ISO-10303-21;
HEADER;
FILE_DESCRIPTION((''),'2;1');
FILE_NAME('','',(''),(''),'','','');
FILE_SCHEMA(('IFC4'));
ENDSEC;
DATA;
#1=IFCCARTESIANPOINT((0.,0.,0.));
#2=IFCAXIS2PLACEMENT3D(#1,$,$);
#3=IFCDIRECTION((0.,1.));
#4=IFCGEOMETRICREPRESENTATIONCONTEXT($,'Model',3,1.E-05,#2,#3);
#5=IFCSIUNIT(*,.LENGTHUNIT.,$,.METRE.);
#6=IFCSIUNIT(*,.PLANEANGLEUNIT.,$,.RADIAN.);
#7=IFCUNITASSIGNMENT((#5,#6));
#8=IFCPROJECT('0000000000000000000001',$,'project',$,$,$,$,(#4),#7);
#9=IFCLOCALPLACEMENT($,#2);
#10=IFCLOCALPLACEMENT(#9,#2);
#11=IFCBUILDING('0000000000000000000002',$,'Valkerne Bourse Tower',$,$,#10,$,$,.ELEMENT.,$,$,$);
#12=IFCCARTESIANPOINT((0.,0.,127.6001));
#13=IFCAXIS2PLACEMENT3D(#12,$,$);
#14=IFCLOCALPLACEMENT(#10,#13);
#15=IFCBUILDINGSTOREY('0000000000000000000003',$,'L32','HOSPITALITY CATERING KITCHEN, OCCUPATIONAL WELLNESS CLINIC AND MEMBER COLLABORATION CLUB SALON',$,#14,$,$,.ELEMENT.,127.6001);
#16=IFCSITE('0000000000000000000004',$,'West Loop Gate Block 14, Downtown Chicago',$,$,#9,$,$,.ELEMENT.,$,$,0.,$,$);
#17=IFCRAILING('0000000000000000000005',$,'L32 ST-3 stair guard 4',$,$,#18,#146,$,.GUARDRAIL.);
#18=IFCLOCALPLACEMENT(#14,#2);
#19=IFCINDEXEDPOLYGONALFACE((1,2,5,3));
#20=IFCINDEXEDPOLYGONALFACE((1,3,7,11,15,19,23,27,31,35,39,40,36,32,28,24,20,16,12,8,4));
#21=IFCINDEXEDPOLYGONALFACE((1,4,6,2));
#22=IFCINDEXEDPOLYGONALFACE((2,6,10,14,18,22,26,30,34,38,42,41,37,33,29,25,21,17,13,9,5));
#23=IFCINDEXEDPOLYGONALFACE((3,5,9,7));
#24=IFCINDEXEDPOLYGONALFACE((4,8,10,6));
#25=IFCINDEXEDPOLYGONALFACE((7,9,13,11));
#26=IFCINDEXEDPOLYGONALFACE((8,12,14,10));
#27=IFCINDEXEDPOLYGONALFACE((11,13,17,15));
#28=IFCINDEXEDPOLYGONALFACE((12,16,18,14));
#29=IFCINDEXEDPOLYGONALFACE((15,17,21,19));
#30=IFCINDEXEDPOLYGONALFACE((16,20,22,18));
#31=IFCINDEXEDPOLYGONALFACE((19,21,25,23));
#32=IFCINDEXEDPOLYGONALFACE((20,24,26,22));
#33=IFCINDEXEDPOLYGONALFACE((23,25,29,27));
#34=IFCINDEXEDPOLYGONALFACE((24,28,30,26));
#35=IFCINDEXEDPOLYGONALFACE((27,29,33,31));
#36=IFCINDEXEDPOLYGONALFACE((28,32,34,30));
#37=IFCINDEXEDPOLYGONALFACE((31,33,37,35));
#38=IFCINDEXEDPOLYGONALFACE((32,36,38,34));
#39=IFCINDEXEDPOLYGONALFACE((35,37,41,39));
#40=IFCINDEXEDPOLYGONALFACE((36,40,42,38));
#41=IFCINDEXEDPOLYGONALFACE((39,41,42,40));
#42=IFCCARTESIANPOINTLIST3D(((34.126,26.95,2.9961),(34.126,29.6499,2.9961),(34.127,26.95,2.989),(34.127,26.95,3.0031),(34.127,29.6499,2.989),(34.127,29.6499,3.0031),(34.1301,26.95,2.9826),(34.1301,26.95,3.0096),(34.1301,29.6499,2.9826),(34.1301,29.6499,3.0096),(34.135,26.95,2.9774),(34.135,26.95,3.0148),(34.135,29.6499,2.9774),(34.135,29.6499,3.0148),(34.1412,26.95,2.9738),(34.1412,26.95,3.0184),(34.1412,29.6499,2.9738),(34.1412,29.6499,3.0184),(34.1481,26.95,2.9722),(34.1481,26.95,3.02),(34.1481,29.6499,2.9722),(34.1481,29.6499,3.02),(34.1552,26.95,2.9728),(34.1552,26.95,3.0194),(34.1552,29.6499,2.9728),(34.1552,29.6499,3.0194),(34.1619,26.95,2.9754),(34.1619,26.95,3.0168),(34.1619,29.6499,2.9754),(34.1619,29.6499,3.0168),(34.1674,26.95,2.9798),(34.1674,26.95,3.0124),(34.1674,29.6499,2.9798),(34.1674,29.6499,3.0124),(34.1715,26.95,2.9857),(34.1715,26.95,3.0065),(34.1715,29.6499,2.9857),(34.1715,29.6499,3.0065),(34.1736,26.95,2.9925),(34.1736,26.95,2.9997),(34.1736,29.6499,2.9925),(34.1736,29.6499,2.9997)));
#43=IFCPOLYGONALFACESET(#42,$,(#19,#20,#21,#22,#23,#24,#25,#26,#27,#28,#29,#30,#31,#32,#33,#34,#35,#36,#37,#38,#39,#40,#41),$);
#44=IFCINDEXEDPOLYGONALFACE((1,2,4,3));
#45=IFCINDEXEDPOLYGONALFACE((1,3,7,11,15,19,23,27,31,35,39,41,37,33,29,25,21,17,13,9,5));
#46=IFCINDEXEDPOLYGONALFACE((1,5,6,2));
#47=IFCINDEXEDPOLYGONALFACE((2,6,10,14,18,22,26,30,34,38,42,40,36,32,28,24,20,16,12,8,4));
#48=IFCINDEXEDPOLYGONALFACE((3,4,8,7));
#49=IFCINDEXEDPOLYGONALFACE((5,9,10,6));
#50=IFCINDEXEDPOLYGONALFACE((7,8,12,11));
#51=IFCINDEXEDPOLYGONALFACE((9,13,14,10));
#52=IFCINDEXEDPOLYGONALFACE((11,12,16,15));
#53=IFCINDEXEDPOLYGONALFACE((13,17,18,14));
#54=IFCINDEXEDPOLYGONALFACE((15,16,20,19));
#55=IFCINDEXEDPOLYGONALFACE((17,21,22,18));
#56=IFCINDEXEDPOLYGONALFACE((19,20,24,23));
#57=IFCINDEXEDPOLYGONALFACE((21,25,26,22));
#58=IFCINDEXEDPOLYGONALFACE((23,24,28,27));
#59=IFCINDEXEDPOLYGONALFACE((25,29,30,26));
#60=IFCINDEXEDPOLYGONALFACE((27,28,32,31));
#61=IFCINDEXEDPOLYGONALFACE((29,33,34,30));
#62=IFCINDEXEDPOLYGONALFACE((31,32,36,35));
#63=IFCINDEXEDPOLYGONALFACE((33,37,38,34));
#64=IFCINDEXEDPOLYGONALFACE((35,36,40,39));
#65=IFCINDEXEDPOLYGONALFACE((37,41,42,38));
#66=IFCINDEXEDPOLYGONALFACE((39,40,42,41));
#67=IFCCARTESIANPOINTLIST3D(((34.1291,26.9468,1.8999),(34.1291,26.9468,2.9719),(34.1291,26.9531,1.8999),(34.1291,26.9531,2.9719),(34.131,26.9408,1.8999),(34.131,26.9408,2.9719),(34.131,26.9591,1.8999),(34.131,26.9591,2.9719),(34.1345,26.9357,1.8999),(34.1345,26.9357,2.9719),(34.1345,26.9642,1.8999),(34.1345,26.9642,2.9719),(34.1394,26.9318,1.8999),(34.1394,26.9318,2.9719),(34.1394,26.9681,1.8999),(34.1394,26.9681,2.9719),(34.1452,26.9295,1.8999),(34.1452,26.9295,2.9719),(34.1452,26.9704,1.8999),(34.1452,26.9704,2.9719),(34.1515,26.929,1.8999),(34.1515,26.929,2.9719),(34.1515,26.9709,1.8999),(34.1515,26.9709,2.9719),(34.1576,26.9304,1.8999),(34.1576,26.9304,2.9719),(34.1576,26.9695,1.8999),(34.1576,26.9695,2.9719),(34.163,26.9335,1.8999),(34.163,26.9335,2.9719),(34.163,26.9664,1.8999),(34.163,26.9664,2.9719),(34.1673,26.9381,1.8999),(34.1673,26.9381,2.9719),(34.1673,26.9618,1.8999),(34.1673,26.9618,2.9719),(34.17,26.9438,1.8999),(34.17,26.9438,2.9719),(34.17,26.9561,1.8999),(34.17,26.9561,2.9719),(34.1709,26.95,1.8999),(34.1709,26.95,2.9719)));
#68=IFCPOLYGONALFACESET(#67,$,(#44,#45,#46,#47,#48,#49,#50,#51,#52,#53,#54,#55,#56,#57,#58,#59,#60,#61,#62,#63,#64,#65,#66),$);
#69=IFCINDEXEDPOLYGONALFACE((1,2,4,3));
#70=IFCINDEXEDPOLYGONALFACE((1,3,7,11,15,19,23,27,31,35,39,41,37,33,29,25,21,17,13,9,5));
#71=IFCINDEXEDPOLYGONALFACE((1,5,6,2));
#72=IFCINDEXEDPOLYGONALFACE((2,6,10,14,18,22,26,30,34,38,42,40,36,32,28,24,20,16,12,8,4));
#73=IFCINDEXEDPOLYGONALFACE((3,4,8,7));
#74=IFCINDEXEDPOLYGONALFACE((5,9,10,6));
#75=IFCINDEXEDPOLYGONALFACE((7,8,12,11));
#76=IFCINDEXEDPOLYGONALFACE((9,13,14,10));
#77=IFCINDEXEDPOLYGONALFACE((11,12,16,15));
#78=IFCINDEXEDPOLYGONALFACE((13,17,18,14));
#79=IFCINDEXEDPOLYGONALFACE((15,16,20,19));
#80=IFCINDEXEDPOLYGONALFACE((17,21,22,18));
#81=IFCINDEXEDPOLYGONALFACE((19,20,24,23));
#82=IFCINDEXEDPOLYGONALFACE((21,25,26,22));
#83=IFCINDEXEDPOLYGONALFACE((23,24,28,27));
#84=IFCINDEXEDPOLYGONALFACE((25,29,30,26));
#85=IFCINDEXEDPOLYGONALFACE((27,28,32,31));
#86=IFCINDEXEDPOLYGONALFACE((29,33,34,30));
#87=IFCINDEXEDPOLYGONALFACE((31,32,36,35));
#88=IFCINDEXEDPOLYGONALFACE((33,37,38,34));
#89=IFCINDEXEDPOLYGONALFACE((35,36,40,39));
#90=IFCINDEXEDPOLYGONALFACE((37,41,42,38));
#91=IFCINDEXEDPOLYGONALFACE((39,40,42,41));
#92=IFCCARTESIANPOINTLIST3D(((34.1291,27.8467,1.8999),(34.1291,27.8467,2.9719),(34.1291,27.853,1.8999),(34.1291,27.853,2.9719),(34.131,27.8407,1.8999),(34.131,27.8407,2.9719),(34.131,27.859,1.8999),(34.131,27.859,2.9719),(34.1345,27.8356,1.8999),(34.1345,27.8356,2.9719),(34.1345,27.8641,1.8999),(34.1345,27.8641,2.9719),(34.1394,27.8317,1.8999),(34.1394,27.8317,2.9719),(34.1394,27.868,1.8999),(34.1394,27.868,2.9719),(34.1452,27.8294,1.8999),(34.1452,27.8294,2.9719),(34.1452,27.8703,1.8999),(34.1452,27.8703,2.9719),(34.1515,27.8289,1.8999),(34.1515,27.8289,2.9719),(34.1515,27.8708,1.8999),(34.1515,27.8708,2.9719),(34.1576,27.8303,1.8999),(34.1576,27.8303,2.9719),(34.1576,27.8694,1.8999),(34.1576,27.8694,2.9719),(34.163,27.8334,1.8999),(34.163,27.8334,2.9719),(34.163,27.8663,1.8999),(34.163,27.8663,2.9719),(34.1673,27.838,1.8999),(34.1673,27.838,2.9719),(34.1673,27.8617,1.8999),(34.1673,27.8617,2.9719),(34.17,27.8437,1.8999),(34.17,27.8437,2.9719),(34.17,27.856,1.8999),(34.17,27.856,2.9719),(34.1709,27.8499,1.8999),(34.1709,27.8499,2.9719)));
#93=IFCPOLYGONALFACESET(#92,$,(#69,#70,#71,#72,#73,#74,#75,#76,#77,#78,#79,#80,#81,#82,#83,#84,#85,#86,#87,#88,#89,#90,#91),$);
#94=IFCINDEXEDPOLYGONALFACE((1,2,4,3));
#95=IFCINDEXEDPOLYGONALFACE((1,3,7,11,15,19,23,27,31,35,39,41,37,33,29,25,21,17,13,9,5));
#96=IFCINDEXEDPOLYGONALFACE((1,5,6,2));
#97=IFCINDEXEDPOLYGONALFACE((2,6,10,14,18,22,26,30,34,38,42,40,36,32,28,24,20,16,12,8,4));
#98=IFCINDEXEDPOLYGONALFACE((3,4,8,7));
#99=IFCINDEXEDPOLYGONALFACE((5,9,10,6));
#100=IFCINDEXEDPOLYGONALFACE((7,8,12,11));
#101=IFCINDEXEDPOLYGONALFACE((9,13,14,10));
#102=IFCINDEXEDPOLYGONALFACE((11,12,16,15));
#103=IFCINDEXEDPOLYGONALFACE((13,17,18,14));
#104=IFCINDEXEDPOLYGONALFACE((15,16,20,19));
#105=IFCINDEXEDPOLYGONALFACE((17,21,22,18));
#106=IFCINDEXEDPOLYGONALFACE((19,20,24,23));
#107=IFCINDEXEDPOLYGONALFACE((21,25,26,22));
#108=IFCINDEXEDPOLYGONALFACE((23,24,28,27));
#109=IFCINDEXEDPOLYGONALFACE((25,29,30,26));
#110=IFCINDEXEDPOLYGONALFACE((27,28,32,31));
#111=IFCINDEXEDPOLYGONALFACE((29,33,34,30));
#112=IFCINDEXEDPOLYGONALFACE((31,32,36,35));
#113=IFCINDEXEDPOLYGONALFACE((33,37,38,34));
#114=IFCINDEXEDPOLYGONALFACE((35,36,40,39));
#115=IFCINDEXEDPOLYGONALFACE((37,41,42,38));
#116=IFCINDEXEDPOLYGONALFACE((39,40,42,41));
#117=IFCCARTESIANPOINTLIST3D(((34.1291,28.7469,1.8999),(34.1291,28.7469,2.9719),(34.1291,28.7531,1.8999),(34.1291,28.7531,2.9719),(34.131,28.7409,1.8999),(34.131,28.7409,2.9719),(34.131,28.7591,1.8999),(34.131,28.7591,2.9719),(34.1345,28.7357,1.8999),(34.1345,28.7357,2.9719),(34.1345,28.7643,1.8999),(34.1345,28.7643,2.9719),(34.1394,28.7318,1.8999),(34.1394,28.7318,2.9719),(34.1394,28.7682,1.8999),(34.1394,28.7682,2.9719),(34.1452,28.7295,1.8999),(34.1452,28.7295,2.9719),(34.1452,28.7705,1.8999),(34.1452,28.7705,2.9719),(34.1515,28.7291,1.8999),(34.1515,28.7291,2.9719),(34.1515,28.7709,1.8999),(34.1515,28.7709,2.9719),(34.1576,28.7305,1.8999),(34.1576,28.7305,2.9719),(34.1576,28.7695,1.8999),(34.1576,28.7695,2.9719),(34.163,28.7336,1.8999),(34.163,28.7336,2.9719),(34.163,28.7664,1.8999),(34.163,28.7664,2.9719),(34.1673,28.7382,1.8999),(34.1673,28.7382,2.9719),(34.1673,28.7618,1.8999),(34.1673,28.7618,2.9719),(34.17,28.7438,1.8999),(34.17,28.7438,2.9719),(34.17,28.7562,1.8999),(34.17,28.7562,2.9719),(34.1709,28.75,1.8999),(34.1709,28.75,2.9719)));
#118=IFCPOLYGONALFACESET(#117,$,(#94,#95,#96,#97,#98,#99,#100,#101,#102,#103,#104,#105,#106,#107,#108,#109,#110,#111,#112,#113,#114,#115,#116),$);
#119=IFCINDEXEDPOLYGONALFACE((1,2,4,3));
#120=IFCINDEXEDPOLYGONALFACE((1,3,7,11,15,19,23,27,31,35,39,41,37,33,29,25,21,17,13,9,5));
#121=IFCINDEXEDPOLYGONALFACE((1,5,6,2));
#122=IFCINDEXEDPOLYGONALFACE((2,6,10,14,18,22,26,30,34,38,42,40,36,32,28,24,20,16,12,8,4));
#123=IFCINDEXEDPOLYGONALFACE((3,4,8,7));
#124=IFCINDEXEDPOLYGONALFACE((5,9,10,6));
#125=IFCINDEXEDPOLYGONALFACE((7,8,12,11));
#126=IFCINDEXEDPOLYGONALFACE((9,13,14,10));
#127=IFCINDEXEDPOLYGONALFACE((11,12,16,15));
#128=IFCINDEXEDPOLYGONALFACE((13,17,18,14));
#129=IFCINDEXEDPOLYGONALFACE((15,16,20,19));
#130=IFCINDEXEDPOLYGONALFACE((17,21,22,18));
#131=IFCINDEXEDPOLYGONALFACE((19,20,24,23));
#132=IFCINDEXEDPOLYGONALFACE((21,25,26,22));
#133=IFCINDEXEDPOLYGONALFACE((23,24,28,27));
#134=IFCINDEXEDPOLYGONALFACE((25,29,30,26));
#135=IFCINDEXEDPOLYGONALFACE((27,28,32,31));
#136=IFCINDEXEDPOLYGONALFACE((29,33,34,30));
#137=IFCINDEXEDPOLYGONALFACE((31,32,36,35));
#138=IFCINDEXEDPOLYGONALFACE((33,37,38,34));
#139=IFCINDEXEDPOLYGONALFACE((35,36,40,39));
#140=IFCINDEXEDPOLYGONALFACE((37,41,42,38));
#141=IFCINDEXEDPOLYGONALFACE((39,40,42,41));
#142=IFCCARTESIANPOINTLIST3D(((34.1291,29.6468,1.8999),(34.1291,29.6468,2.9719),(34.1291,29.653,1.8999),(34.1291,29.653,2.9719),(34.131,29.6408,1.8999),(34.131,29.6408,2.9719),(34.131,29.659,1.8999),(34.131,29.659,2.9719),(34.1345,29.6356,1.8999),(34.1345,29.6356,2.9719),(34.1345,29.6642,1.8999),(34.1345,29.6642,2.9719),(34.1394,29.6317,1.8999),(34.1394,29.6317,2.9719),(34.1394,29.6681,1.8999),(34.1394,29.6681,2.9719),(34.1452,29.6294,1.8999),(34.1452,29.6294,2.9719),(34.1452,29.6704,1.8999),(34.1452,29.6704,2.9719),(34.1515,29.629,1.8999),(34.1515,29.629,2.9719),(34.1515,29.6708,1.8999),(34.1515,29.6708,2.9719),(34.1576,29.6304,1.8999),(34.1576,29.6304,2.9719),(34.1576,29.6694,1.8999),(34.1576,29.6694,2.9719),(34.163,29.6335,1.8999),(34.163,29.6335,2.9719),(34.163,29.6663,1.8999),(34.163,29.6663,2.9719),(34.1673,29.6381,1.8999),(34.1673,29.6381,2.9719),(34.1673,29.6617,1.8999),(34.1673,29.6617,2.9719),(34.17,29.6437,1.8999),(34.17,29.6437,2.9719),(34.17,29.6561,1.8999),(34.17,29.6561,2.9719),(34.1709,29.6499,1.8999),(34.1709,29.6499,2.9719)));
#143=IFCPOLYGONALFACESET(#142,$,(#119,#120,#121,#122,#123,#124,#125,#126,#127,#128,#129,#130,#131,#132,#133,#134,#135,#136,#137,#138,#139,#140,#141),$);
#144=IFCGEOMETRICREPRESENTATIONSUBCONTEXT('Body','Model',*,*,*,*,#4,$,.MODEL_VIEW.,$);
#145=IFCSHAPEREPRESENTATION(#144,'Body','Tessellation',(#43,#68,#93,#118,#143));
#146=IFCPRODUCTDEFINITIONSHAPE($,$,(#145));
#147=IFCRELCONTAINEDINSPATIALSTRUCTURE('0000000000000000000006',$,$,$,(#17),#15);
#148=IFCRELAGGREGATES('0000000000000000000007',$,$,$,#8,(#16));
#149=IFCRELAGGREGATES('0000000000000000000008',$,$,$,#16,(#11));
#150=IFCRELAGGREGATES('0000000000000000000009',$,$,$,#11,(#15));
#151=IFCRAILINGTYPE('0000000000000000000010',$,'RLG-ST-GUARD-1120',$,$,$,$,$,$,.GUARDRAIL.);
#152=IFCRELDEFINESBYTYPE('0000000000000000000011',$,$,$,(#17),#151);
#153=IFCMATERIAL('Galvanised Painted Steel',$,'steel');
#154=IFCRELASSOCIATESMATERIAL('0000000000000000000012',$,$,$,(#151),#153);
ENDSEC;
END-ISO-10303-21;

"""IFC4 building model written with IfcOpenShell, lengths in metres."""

from ifc_helpers import new_model, si_unit, direction, frame, origin, origin_2d, place, context, subcontext, project, spatial, circle, extrude, material, type_object, element, save


model = new_model("IFC4")

# Units and contexts
model_context = context("Model", 3, precision=1e-05, world=origin(), true_north=direction((0.0, 1.0)))
body_context = subcontext(model_context, "Body", "Model", "MODEL_VIEW")
ifc_project = project(units=[si_unit("LENGTHUNIT", "METRE"), si_unit("PLANEANGLEUNIT", "RADIAN")], contexts=[model_context])

# Site, building, storey
site_placement = place(None, origin())
site = spatial("IfcSite", under=ifc_project, at=site_placement, Name="West Loop Gate Block 14, Downtown Chicago", CompositionType="ELEMENT", RefElevation=0.0)
building_placement = place(site_placement, origin())
building = spatial("IfcBuilding", under=site, at=building_placement, Name="Valkerne Bourse Tower", CompositionType="ELEMENT")
storey_placement = place(building_placement, frame((0.0, 0.0, 127.6001)))
storey = spatial("IfcBuildingStorey", under=building, at=storey_placement, Name="L32", Description="HOSPITALITY CATERING KITCHEN, OCCUPATIONAL WELLNESS CLINIC AND MEMBER COLLABORATION CLUB SALON", CompositionType="ELEMENT", Elevation=127.6001)

# Shared definitions
ifc_material_1 = material(Name="Galvanised Painted Steel", Category="steel")

# Railing
railing_type_1 = type_object("IfcRailingType", Name="RLG-ST-GUARD-1120", PredefinedType="GUARDRAIL", material=ifc_material_1)
for number, where, name in (
    (1, (34.1499, 26.95, 1.8999), "L32 ST-3 stair guard 4"),
):
    element("IfcRailing", number, at=place(storey_placement, frame(where)), inside=storey, type_object=railing_type_1, Name=name, PredefinedType="GUARDRAIL", context=body_context, shape_type="SweptSolid", body=[
        extrude(circle(Radius=0.0239, at=origin_2d()), frame((0.0, 0.0, 1.0962), z_axis=(0.0, 1.0, 0.0), x_axis=(-1.0, 0.0, 0.0)), (0.0, 0.0, 1.0), 2.7),
        extrude(circle(Radius=0.021, at=origin_2d()), origin(), (0.0, 0.0, 1.0), 1.072),
        extrude(circle(Radius=0.021, at=origin_2d()), frame((0.0, 0.8999, 0.0)), (0.0, 0.0, 1.0), 1.072),
        extrude(circle(Radius=0.021, at=origin_2d()), frame((0.0, 1.8, 0.0)), (0.0, 0.0, 1.0), 1.072),
        extrude(circle(Radius=0.021, at=origin_2d()), frame((0.0, 2.7, 0.0)), (0.0, 0.0, 1.0), 1.072),
    ])

save(model, "model.ifc")
